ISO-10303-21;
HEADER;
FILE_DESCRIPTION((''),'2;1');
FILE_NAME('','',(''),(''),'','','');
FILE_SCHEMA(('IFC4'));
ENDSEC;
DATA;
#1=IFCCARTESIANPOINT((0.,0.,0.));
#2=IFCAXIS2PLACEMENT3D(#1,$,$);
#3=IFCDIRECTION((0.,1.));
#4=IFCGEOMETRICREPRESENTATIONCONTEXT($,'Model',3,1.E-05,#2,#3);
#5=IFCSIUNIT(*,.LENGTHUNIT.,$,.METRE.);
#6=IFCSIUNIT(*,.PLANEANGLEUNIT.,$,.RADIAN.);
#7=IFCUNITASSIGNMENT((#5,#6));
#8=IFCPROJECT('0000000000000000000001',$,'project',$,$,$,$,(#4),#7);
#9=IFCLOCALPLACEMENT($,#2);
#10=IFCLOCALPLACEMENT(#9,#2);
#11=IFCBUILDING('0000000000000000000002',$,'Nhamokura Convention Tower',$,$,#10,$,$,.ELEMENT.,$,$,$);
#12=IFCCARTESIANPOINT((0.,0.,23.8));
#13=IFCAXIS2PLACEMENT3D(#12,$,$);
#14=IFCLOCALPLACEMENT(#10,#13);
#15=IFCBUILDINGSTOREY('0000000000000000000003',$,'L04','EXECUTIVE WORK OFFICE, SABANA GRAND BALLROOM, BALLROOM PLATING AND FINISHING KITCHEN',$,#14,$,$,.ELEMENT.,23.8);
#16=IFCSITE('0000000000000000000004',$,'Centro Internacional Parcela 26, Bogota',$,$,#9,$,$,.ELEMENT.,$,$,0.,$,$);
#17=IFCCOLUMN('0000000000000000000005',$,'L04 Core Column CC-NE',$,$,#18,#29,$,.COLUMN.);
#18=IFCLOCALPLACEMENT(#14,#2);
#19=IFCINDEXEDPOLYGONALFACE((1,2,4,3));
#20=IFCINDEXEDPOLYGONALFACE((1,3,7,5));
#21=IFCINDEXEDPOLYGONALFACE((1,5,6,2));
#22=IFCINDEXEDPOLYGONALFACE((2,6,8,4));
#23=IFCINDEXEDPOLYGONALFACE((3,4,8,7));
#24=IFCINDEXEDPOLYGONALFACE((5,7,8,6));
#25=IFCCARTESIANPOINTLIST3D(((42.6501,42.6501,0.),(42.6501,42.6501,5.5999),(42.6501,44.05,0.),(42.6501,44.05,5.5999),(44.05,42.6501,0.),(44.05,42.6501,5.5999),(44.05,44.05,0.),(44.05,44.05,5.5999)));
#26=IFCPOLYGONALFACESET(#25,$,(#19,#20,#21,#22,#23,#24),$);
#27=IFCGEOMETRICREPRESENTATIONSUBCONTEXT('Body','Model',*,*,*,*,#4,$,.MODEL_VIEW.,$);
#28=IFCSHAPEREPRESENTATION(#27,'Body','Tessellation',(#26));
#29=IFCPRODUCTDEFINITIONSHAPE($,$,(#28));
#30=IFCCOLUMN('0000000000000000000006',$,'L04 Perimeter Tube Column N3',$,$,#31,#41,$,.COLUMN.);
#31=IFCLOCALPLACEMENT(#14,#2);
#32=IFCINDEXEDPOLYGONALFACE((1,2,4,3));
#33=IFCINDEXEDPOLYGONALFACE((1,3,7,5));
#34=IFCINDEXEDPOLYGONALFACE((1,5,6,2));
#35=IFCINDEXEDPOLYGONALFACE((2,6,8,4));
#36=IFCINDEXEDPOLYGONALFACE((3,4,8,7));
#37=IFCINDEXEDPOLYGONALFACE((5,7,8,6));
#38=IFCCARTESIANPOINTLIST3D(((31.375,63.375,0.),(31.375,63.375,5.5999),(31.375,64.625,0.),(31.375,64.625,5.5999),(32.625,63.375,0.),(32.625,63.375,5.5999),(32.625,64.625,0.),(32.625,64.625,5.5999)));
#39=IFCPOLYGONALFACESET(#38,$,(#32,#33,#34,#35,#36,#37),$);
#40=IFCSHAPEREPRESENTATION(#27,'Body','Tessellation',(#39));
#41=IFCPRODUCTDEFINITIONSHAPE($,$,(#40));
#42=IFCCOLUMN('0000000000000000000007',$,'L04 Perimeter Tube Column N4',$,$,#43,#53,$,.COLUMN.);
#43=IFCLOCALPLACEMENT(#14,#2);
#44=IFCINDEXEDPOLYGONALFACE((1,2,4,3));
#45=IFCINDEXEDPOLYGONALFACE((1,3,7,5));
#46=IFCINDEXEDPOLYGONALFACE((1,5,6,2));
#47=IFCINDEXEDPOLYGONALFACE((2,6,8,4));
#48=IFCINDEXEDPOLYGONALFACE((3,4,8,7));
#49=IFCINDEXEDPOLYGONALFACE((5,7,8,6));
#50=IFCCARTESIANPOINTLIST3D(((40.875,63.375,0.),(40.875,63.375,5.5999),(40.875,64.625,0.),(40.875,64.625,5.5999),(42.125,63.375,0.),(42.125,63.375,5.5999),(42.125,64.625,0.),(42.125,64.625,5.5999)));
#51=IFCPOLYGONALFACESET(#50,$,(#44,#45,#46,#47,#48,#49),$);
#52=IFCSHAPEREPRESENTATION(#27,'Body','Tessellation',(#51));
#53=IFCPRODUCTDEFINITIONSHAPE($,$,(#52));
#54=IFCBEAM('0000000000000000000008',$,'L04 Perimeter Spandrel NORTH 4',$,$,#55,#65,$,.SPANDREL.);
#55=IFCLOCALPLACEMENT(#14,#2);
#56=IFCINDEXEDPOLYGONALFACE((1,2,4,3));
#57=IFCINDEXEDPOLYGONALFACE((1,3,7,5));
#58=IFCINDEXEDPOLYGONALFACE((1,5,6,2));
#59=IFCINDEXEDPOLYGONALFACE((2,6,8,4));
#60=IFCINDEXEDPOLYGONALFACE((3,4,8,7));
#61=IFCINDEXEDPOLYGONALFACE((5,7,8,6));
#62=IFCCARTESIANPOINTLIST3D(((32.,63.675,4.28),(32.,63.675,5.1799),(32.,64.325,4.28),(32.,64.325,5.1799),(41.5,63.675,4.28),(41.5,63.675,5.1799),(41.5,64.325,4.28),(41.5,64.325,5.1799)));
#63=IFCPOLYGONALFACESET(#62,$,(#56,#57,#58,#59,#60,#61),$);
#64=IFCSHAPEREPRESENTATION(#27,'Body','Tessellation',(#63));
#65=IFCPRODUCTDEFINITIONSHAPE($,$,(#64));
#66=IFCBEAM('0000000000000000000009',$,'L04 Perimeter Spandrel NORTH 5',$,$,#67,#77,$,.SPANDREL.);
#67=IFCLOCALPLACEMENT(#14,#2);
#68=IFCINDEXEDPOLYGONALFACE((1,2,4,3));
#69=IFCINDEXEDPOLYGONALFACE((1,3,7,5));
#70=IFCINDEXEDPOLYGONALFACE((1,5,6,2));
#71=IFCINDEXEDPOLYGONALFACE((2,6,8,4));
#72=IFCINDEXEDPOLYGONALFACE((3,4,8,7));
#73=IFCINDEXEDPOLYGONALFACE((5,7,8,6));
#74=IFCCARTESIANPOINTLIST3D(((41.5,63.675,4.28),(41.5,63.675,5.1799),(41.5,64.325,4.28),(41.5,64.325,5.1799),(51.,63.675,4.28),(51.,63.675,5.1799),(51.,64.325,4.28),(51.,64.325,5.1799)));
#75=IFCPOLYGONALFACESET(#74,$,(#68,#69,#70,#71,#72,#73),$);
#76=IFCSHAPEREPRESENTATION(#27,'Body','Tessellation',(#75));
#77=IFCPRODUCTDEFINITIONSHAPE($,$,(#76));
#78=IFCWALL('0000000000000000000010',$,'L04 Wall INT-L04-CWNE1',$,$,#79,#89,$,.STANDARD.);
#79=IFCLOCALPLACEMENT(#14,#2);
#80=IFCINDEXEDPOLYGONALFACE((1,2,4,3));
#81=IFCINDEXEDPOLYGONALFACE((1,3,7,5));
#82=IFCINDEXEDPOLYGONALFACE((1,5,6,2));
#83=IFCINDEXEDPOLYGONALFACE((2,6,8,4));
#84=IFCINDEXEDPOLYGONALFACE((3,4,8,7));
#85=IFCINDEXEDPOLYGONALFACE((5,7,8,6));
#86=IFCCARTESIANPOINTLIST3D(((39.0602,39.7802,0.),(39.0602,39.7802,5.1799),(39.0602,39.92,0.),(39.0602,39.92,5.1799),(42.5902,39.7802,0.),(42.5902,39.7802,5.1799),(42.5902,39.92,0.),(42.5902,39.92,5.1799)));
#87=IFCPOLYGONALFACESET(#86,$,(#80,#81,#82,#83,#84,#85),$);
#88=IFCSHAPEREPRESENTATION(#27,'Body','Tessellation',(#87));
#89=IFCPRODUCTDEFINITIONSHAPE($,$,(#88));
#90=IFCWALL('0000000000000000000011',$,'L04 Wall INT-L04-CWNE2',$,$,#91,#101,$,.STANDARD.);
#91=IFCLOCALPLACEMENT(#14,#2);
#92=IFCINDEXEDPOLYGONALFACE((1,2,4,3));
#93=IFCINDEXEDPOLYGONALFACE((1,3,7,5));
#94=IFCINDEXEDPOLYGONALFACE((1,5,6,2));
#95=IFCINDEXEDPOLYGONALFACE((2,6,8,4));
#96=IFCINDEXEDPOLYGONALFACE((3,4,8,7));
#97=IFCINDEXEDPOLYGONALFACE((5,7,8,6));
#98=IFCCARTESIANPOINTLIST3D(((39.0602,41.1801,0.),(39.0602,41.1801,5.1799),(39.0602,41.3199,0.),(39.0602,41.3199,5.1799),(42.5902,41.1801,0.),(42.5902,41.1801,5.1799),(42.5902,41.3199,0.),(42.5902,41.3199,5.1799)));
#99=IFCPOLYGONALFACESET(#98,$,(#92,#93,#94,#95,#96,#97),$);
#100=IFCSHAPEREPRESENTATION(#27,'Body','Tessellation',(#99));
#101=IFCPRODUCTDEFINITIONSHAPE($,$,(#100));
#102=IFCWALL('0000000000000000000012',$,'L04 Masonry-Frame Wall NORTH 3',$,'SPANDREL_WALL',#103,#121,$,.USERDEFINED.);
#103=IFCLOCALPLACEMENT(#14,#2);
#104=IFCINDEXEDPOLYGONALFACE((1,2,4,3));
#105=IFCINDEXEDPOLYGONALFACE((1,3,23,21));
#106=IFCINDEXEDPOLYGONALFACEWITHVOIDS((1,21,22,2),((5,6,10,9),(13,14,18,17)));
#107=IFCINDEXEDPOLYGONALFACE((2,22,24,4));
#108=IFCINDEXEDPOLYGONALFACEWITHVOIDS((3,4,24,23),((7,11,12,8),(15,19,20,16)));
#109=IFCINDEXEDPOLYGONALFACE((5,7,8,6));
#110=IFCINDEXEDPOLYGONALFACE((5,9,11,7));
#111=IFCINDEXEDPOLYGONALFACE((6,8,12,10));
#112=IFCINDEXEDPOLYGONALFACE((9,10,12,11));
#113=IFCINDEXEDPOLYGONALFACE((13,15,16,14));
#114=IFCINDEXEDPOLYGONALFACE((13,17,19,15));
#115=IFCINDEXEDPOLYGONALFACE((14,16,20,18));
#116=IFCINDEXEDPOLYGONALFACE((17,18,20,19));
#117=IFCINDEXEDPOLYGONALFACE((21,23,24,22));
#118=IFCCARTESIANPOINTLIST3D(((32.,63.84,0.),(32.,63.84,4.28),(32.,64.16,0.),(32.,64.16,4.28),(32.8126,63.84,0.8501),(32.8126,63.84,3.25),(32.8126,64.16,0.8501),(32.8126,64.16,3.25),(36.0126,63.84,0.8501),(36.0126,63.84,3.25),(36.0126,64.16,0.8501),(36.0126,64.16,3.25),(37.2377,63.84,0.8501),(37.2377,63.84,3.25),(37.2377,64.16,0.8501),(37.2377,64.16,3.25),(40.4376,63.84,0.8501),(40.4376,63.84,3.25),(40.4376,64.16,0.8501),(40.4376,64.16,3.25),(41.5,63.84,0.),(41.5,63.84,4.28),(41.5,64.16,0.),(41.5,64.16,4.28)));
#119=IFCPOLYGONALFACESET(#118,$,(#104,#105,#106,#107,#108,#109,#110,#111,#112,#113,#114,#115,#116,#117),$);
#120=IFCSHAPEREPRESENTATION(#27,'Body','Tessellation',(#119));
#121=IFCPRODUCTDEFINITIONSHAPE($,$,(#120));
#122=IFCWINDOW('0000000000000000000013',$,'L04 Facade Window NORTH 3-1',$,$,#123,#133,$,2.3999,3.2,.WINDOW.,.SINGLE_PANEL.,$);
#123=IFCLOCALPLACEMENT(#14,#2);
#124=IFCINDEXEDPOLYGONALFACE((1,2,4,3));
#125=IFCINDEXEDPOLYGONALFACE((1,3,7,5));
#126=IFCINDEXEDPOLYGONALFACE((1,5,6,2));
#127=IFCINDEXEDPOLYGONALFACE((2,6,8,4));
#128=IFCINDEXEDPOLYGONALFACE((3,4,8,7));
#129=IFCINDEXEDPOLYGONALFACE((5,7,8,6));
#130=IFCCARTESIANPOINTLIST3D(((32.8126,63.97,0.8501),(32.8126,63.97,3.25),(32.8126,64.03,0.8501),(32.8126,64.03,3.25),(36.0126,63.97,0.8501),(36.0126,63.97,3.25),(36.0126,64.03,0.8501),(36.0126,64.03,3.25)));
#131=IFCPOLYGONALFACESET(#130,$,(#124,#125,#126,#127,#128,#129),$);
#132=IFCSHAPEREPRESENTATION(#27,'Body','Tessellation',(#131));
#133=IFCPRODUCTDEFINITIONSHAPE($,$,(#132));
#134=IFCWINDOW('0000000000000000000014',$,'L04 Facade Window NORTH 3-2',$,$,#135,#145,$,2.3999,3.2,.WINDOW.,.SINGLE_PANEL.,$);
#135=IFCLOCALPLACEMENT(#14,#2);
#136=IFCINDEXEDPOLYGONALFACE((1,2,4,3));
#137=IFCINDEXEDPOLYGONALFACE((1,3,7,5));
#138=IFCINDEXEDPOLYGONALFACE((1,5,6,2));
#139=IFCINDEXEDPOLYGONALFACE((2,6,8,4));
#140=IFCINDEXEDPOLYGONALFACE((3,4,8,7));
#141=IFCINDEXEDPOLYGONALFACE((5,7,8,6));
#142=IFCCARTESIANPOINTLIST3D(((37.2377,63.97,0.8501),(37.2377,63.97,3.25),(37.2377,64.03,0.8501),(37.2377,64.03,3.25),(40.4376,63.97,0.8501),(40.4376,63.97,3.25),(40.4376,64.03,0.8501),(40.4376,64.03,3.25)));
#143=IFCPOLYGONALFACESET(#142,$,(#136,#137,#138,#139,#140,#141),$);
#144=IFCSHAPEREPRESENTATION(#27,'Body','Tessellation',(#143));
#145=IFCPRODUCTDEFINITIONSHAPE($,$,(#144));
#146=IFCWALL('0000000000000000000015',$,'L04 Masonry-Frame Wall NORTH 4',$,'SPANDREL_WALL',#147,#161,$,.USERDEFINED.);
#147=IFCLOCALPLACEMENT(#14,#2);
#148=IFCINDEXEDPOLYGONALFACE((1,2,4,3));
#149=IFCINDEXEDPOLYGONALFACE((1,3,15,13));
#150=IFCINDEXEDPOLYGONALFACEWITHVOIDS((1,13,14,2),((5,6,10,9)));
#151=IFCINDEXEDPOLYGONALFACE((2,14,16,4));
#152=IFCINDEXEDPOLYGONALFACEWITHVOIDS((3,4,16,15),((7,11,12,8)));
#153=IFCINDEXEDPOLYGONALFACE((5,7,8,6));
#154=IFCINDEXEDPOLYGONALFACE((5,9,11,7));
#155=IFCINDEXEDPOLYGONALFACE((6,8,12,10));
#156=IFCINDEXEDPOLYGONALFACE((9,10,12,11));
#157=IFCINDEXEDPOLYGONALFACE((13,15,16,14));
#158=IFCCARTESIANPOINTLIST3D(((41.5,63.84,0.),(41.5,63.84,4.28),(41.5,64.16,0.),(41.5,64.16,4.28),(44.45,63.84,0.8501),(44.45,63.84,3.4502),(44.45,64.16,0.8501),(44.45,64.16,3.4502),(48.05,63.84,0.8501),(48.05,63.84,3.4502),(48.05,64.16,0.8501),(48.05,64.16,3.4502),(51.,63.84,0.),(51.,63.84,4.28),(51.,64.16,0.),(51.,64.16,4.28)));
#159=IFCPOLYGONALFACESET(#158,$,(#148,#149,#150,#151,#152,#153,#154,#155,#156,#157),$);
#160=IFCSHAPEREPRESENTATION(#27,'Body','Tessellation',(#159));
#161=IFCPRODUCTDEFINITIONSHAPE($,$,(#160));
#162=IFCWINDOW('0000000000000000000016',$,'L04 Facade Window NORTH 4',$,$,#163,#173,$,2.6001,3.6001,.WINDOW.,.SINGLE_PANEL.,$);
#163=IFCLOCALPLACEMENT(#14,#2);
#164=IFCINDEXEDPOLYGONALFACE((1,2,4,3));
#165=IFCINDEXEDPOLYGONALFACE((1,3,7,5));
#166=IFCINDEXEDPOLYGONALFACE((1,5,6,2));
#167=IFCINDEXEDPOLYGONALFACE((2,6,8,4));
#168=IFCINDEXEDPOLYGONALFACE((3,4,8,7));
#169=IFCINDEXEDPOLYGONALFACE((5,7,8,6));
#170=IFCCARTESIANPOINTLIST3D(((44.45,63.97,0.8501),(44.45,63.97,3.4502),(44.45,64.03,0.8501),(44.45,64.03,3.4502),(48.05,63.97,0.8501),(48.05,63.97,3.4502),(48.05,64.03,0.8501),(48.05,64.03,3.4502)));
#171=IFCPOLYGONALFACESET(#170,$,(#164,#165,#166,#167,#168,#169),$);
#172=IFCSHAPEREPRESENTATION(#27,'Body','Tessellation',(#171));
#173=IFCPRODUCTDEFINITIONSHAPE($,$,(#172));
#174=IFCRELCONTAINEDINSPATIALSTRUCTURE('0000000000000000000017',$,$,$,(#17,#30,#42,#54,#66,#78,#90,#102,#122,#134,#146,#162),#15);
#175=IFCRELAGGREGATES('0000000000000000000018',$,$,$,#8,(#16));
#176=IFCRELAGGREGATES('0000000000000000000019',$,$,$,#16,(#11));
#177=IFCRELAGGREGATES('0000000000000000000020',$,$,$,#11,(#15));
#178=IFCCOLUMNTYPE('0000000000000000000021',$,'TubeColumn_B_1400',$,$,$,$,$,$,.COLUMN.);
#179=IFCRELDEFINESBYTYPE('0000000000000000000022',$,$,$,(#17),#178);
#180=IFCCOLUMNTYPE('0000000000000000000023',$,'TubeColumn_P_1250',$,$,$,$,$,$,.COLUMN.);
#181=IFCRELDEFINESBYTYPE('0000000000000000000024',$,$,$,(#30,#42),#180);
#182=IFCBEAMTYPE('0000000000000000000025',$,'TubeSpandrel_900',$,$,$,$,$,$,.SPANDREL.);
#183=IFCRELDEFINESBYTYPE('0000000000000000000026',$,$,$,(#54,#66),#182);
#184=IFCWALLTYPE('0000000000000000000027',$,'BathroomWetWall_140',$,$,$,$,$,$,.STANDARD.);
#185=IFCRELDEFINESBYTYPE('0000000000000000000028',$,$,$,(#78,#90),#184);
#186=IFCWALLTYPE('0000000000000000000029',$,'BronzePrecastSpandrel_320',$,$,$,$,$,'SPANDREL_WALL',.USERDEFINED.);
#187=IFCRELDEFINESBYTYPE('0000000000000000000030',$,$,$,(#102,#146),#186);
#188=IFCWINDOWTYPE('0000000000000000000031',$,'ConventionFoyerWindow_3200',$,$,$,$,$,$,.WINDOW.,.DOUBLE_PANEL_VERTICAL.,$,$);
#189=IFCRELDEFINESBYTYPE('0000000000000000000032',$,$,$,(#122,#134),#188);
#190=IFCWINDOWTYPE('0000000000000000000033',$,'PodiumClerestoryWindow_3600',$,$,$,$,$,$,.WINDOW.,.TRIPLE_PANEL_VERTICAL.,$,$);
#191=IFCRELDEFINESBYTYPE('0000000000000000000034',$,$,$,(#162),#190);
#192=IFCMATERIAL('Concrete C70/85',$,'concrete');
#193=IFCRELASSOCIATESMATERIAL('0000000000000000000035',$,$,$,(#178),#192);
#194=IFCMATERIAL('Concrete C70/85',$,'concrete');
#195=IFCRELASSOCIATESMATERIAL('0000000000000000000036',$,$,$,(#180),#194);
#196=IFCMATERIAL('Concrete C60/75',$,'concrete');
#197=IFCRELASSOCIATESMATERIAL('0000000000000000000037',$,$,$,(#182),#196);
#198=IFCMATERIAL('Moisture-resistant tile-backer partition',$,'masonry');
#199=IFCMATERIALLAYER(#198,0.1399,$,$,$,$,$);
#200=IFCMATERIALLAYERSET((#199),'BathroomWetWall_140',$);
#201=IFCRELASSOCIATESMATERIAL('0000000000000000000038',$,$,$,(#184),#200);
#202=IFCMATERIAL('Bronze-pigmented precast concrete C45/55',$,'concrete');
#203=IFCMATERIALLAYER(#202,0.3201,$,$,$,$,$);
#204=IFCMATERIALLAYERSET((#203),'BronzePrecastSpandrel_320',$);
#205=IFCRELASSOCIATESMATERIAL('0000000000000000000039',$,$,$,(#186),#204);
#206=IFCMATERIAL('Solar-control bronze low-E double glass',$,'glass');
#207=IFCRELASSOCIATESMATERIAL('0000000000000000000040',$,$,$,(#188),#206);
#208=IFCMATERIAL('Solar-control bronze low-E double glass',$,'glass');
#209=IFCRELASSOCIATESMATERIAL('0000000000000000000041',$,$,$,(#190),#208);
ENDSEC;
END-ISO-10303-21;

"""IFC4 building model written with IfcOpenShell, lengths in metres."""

from ifc_helpers import new_model, si_unit, direction, frame, frame_2d, origin, origin_2d, place, context, subcontext, project, spatial, rectangle, extrude, material, layer, layer_set, material_profile, profile_set, type_object, element, fill, save


model = new_model("IFC4")

# Units and contexts
model_context = context("Model", 3, precision=1e-05, world=origin(), true_north=direction((0.0, 1.0)))
body_context = subcontext(model_context, "Body", "Model", "MODEL_VIEW")
ifc_project = project(units=[si_unit("LENGTHUNIT", "METRE"), si_unit("PLANEANGLEUNIT", "RADIAN")], contexts=[model_context])

# Site, building, storey
site_placement = place(None, origin())
site = spatial("IfcSite", under=ifc_project, at=site_placement, Name="Centro Internacional Parcela 26, Bogota", CompositionType="ELEMENT", RefElevation=0.0)
building_placement = place(site_placement, origin())
building = spatial("IfcBuilding", under=site, at=building_placement, Name="Nhamokura Convention Tower", CompositionType="ELEMENT")
storey_placement = place(building_placement, frame((0.0, 0.0, 23.8)))
storey = spatial("IfcBuildingStorey", under=building, at=storey_placement, Name="L04", Description="EXECUTIVE WORK OFFICE, SABANA GRAND BALLROOM, BALLROOM PLATING AND FINISHING KITCHEN", CompositionType="ELEMENT", Elevation=23.8)

# Columns
ifc_material_1 = material(Name="Concrete C70/85", Category="concrete")
ifc_material_profile_1 = material_profile(ifc_material_1, rectangle(XDim=1.3999, YDim=1.3999, at=origin_2d()))
ifc_profile_set_1 = profile_set([ifc_material_profile_1], Name="Concrete C70/85")
column_type_1 = type_object("IfcColumnType", Name="TubeColumn_B_1400", PredefinedType="COLUMN", material=ifc_profile_set_1)
column_placement = place(storey_placement, frame((43.3501, 43.3501, 0.0), z_axis=(0.0, 0.0, 1.0), x_axis=(1.0, 0.0, 0.0)))
element("IfcColumn", 1, at=column_placement, inside=storey, type_object=column_type_1, Name="L04 Core Column CC-NE", PredefinedType="COLUMN", context=body_context, shape_type="SweptSolid", body=[
    extrude(rectangle(XDim=1.3999, YDim=1.3999, at=origin_2d()), origin(), (0.0, 0.0, 1.0), 5.5999),
])
ifc_material_2 = material(Name="Concrete C70/85", Category="concrete")
ifc_material_profile_2 = material_profile(ifc_material_2, rectangle(XDim=1.25, YDim=1.25, at=origin_2d()))
ifc_profile_set_2 = profile_set([ifc_material_profile_2], Name="Concrete C70/85")
column_type_2 = type_object("IfcColumnType", Name="TubeColumn_P_1250", PredefinedType="COLUMN", material=ifc_profile_set_2)
for number, where, z_axis, x_axis, name in (
    (2, (32.0, 64.0, 0.0), (0.0, 0.0, 1.0), (1.0, 0.0, 0.0), "L04 Perimeter Tube Column N3"),
    (3, (41.5, 64.0, 0.0), (0.0, 0.0, 1.0), (1.0, 0.0, 0.0), "L04 Perimeter Tube Column N4"),
):
    element("IfcColumn", number, at=place(storey_placement, frame(where, z_axis=z_axis, x_axis=x_axis)), inside=storey, type_object=column_type_2, Name=name, PredefinedType="COLUMN", context=body_context, shape_type="SweptSolid", body=[
        extrude(rectangle(XDim=1.25, YDim=1.25, at=origin_2d()), origin(), (0.0, 0.0, 1.0), 5.5999),
    ])

# Beams
ifc_material_3 = material(Name="Concrete C60/75", Category="concrete")
ifc_material_profile_3 = material_profile(ifc_material_3, rectangle(XDim=0.6499, YDim=0.8999, at=origin_2d()))
ifc_profile_set_3 = profile_set([ifc_material_profile_3], Name="Concrete C60/75")
beam_type = type_object("IfcBeamType", Name="TubeSpandrel_900", PredefinedType="SPANDREL", material=ifc_profile_set_3)
for number, where, z_axis, x_axis, name in (
    (4, (32.0, 64.0, 4.73), (1.0, 0.0, 0.0), (0.0, 1.0, 0.0), "L04 Perimeter Spandrel NORTH 4"),
    (5, (41.5, 64.0, 4.73), (1.0, 0.0, 0.0), (0.0, 1.0, 0.0), "L04 Perimeter Spandrel NORTH 5"),
):
    element("IfcBeam", number, at=place(storey_placement, frame(where, z_axis=z_axis, x_axis=x_axis)), inside=storey, type_object=beam_type, Name=name, PredefinedType="SPANDREL", context=body_context, shape_type="SweptSolid", body=[
        extrude(rectangle(XDim=0.6499, YDim=0.8999, at=origin_2d()), origin(), (0.0, 0.0, 1.0), 9.5),
    ])

# Walls
ifc_material_4 = material(Name="Moisture-resistant tile-backer partition", Category="masonry")
ifc_layer_1 = layer(ifc_material_4, 0.1399)
ifc_layer_set_1 = layer_set([ifc_layer_1], Name="BathroomWetWall_140")
wall_type_1 = type_object("IfcWallType", Name="BathroomWetWall_140", PredefinedType="STANDARD", material=ifc_layer_set_1)
for number, where, z_axis, x_axis, name in (
    (6, (39.0601, 39.8501, 0.0), (0.0, 0.0, 1.0), (1.0, 0.0, 0.0), "L04 Wall INT-L04-CWNE1"),
    (7, (39.0601, 41.25, 0.0), (0.0, 0.0, 1.0), (1.0, 0.0, 0.0), "L04 Wall INT-L04-CWNE2"),
):
    element("IfcWall", number, at=place(storey_placement, frame(where, z_axis=z_axis, x_axis=x_axis)), inside=storey, type_object=wall_type_1, Name=name, PredefinedType="STANDARD", context=body_context, shape_type="SweptSolid", body=[
        extrude(rectangle(XDim=3.53, YDim=0.1399, at=frame_2d((1.7651, 0.0))), origin(), (0.0, 0.0, 1.0), 5.1799),
    ])

# Wall, openings, windows
ifc_material_5 = material(Name="Bronze-pigmented precast concrete C45/55", Category="concrete")
ifc_layer_2 = layer(ifc_material_5, 0.3201)
ifc_layer_set_2 = layer_set([ifc_layer_2], Name="BronzePrecastSpandrel_320")
wall_type_2 = type_object("IfcWallType", Name="BronzePrecastSpandrel_320", ElementType="SPANDREL_WALL", PredefinedType="USERDEFINED", material=ifc_layer_set_2)
wall_1_placement = place(storey_placement, frame((32.0, 64.0, 0.0), z_axis=(0.0, 0.0, 1.0), x_axis=(1.0, 0.0, 0.0)))
wall_1 = element("IfcWall", 8, at=wall_1_placement, inside=storey, type_object=wall_type_2, Name="L04 Masonry-Frame Wall NORTH 3", ObjectType="SPANDREL_WALL", PredefinedType="USERDEFINED", context=body_context, shape_type="SweptSolid", body=[
    extrude(rectangle(XDim=9.5, YDim=0.3201, at=frame_2d((4.75, 0.0))), origin(), (0.0, 0.0, 1.0), 4.28),
])
opening_1_placement = place(wall_1_placement, frame((0.8125, 0.0, 0.8501)))
opening_1 = element("IfcOpeningElement", 9, at=opening_1_placement, cuts=wall_1, PredefinedType="OPENING", context=body_context, shape_type="SweptSolid", body=[
    extrude(rectangle(XDim=3.2, YDim=2.3999, at=frame_2d((1.6001, 1.2))), frame((0.0, 0.1699, 0.0), z_axis=(0.0, -1.0, 0.0), x_axis=(1.0, 0.0, 0.0)), (0.0, 0.0, 1.0), 0.3401),
])
opening_2_placement = place(wall_1_placement, frame((5.2375, 0.0, 0.8501)))
opening_2 = element("IfcOpeningElement", 10, at=opening_2_placement, cuts=wall_1, PredefinedType="OPENING", context=body_context, shape_type="SweptSolid", body=[
    extrude(rectangle(XDim=3.2, YDim=2.3999, at=frame_2d((1.6001, 1.2))), frame((0.0, 0.1699, 0.0), z_axis=(0.0, -1.0, 0.0), x_axis=(1.0, 0.0, 0.0)), (0.0, 0.0, 1.0), 0.3401),
])
ifc_material_6 = material(Name="Solar-control bronze low-E double glass", Category="glass")
window_type_1 = type_object("IfcWindowType", Name="ConventionFoyerWindow_3200", PartitioningType="DOUBLE_PANEL_VERTICAL", PredefinedType="WINDOW", material=ifc_material_6)
window_1_placement = place(opening_1_placement, origin())
window_1 = element("IfcWindow", 11, at=window_1_placement, inside=storey, type_object=window_type_1, Name="L04 Facade Window NORTH 3-1", OverallHeight=2.3999, OverallWidth=3.2, PartitioningType="SINGLE_PANEL", PredefinedType="WINDOW", context=body_context, shape_type="SweptSolid", body=[
    extrude(rectangle(XDim=3.2, YDim=2.3999, at=frame_2d((1.6001, 1.2))), frame((0.0, 0.03, 0.0), z_axis=(0.0, -1.0, 0.0), x_axis=(1.0, 0.0, 0.0)), (0.0, 0.0, 1.0), 0.0601),
])
fill(opening_1, window_1)
window_2_placement = place(opening_2_placement, origin())
window_2 = element("IfcWindow", 12, at=window_2_placement, inside=storey, type_object=window_type_1, Name="L04 Facade Window NORTH 3-2", OverallHeight=2.3999, OverallWidth=3.2, PartitioningType="SINGLE_PANEL", PredefinedType="WINDOW", context=body_context, shape_type="SweptSolid", body=[
    extrude(rectangle(XDim=3.2, YDim=2.3999, at=frame_2d((1.6001, 1.2))), frame((0.0, 0.03, 0.0), z_axis=(0.0, -1.0, 0.0), x_axis=(1.0, 0.0, 0.0)), (0.0, 0.0, 1.0), 0.0601),
])
fill(opening_2, window_2)

# Wall, opening, window
wall_2_placement = place(storey_placement, frame((41.5, 64.0, 0.0), z_axis=(0.0, 0.0, 1.0), x_axis=(1.0, 0.0, 0.0)))
wall_2 = element("IfcWall", 13, at=wall_2_placement, inside=storey, type_object=wall_type_2, Name="L04 Masonry-Frame Wall NORTH 4", ObjectType="SPANDREL_WALL", PredefinedType="USERDEFINED", context=body_context, shape_type="SweptSolid", body=[
    extrude(rectangle(XDim=9.5, YDim=0.3201, at=frame_2d((4.75, 0.0))), origin(), (0.0, 0.0, 1.0), 4.28),
])
opening_3_placement = place(wall_2_placement, frame((2.95, 0.0, 0.8501)))
opening_3 = element("IfcOpeningElement", 14, at=opening_3_placement, cuts=wall_2, PredefinedType="OPENING", context=body_context, shape_type="SweptSolid", body=[
    extrude(rectangle(XDim=3.6001, YDim=2.6001, at=frame_2d((1.8, 1.3))), frame((0.0, 0.1699, 0.0), z_axis=(0.0, -1.0, 0.0), x_axis=(1.0, 0.0, 0.0)), (0.0, 0.0, 1.0), 0.3401),
])
ifc_material_7 = material(Name="Solar-control bronze low-E double glass", Category="glass")
window_type_2 = type_object("IfcWindowType", Name="PodiumClerestoryWindow_3600", PartitioningType="TRIPLE_PANEL_VERTICAL", PredefinedType="WINDOW", material=ifc_material_7)
window_3_placement = place(opening_3_placement, origin())
window_3 = element("IfcWindow", 15, at=window_3_placement, inside=storey, type_object=window_type_2, Name="L04 Facade Window NORTH 4", OverallHeight=2.6001, OverallWidth=3.6001, PartitioningType="SINGLE_PANEL", PredefinedType="WINDOW", context=body_context, shape_type="SweptSolid", body=[
    extrude(rectangle(XDim=3.6001, YDim=2.6001, at=frame_2d((1.8, 1.3))), frame((0.0, 0.03, 0.0), z_axis=(0.0, -1.0, 0.0), x_axis=(1.0, 0.0, 0.0)), (0.0, 0.0, 1.0), 0.0601),
])
fill(opening_3, window_3)

save(model, "model.ifc")
